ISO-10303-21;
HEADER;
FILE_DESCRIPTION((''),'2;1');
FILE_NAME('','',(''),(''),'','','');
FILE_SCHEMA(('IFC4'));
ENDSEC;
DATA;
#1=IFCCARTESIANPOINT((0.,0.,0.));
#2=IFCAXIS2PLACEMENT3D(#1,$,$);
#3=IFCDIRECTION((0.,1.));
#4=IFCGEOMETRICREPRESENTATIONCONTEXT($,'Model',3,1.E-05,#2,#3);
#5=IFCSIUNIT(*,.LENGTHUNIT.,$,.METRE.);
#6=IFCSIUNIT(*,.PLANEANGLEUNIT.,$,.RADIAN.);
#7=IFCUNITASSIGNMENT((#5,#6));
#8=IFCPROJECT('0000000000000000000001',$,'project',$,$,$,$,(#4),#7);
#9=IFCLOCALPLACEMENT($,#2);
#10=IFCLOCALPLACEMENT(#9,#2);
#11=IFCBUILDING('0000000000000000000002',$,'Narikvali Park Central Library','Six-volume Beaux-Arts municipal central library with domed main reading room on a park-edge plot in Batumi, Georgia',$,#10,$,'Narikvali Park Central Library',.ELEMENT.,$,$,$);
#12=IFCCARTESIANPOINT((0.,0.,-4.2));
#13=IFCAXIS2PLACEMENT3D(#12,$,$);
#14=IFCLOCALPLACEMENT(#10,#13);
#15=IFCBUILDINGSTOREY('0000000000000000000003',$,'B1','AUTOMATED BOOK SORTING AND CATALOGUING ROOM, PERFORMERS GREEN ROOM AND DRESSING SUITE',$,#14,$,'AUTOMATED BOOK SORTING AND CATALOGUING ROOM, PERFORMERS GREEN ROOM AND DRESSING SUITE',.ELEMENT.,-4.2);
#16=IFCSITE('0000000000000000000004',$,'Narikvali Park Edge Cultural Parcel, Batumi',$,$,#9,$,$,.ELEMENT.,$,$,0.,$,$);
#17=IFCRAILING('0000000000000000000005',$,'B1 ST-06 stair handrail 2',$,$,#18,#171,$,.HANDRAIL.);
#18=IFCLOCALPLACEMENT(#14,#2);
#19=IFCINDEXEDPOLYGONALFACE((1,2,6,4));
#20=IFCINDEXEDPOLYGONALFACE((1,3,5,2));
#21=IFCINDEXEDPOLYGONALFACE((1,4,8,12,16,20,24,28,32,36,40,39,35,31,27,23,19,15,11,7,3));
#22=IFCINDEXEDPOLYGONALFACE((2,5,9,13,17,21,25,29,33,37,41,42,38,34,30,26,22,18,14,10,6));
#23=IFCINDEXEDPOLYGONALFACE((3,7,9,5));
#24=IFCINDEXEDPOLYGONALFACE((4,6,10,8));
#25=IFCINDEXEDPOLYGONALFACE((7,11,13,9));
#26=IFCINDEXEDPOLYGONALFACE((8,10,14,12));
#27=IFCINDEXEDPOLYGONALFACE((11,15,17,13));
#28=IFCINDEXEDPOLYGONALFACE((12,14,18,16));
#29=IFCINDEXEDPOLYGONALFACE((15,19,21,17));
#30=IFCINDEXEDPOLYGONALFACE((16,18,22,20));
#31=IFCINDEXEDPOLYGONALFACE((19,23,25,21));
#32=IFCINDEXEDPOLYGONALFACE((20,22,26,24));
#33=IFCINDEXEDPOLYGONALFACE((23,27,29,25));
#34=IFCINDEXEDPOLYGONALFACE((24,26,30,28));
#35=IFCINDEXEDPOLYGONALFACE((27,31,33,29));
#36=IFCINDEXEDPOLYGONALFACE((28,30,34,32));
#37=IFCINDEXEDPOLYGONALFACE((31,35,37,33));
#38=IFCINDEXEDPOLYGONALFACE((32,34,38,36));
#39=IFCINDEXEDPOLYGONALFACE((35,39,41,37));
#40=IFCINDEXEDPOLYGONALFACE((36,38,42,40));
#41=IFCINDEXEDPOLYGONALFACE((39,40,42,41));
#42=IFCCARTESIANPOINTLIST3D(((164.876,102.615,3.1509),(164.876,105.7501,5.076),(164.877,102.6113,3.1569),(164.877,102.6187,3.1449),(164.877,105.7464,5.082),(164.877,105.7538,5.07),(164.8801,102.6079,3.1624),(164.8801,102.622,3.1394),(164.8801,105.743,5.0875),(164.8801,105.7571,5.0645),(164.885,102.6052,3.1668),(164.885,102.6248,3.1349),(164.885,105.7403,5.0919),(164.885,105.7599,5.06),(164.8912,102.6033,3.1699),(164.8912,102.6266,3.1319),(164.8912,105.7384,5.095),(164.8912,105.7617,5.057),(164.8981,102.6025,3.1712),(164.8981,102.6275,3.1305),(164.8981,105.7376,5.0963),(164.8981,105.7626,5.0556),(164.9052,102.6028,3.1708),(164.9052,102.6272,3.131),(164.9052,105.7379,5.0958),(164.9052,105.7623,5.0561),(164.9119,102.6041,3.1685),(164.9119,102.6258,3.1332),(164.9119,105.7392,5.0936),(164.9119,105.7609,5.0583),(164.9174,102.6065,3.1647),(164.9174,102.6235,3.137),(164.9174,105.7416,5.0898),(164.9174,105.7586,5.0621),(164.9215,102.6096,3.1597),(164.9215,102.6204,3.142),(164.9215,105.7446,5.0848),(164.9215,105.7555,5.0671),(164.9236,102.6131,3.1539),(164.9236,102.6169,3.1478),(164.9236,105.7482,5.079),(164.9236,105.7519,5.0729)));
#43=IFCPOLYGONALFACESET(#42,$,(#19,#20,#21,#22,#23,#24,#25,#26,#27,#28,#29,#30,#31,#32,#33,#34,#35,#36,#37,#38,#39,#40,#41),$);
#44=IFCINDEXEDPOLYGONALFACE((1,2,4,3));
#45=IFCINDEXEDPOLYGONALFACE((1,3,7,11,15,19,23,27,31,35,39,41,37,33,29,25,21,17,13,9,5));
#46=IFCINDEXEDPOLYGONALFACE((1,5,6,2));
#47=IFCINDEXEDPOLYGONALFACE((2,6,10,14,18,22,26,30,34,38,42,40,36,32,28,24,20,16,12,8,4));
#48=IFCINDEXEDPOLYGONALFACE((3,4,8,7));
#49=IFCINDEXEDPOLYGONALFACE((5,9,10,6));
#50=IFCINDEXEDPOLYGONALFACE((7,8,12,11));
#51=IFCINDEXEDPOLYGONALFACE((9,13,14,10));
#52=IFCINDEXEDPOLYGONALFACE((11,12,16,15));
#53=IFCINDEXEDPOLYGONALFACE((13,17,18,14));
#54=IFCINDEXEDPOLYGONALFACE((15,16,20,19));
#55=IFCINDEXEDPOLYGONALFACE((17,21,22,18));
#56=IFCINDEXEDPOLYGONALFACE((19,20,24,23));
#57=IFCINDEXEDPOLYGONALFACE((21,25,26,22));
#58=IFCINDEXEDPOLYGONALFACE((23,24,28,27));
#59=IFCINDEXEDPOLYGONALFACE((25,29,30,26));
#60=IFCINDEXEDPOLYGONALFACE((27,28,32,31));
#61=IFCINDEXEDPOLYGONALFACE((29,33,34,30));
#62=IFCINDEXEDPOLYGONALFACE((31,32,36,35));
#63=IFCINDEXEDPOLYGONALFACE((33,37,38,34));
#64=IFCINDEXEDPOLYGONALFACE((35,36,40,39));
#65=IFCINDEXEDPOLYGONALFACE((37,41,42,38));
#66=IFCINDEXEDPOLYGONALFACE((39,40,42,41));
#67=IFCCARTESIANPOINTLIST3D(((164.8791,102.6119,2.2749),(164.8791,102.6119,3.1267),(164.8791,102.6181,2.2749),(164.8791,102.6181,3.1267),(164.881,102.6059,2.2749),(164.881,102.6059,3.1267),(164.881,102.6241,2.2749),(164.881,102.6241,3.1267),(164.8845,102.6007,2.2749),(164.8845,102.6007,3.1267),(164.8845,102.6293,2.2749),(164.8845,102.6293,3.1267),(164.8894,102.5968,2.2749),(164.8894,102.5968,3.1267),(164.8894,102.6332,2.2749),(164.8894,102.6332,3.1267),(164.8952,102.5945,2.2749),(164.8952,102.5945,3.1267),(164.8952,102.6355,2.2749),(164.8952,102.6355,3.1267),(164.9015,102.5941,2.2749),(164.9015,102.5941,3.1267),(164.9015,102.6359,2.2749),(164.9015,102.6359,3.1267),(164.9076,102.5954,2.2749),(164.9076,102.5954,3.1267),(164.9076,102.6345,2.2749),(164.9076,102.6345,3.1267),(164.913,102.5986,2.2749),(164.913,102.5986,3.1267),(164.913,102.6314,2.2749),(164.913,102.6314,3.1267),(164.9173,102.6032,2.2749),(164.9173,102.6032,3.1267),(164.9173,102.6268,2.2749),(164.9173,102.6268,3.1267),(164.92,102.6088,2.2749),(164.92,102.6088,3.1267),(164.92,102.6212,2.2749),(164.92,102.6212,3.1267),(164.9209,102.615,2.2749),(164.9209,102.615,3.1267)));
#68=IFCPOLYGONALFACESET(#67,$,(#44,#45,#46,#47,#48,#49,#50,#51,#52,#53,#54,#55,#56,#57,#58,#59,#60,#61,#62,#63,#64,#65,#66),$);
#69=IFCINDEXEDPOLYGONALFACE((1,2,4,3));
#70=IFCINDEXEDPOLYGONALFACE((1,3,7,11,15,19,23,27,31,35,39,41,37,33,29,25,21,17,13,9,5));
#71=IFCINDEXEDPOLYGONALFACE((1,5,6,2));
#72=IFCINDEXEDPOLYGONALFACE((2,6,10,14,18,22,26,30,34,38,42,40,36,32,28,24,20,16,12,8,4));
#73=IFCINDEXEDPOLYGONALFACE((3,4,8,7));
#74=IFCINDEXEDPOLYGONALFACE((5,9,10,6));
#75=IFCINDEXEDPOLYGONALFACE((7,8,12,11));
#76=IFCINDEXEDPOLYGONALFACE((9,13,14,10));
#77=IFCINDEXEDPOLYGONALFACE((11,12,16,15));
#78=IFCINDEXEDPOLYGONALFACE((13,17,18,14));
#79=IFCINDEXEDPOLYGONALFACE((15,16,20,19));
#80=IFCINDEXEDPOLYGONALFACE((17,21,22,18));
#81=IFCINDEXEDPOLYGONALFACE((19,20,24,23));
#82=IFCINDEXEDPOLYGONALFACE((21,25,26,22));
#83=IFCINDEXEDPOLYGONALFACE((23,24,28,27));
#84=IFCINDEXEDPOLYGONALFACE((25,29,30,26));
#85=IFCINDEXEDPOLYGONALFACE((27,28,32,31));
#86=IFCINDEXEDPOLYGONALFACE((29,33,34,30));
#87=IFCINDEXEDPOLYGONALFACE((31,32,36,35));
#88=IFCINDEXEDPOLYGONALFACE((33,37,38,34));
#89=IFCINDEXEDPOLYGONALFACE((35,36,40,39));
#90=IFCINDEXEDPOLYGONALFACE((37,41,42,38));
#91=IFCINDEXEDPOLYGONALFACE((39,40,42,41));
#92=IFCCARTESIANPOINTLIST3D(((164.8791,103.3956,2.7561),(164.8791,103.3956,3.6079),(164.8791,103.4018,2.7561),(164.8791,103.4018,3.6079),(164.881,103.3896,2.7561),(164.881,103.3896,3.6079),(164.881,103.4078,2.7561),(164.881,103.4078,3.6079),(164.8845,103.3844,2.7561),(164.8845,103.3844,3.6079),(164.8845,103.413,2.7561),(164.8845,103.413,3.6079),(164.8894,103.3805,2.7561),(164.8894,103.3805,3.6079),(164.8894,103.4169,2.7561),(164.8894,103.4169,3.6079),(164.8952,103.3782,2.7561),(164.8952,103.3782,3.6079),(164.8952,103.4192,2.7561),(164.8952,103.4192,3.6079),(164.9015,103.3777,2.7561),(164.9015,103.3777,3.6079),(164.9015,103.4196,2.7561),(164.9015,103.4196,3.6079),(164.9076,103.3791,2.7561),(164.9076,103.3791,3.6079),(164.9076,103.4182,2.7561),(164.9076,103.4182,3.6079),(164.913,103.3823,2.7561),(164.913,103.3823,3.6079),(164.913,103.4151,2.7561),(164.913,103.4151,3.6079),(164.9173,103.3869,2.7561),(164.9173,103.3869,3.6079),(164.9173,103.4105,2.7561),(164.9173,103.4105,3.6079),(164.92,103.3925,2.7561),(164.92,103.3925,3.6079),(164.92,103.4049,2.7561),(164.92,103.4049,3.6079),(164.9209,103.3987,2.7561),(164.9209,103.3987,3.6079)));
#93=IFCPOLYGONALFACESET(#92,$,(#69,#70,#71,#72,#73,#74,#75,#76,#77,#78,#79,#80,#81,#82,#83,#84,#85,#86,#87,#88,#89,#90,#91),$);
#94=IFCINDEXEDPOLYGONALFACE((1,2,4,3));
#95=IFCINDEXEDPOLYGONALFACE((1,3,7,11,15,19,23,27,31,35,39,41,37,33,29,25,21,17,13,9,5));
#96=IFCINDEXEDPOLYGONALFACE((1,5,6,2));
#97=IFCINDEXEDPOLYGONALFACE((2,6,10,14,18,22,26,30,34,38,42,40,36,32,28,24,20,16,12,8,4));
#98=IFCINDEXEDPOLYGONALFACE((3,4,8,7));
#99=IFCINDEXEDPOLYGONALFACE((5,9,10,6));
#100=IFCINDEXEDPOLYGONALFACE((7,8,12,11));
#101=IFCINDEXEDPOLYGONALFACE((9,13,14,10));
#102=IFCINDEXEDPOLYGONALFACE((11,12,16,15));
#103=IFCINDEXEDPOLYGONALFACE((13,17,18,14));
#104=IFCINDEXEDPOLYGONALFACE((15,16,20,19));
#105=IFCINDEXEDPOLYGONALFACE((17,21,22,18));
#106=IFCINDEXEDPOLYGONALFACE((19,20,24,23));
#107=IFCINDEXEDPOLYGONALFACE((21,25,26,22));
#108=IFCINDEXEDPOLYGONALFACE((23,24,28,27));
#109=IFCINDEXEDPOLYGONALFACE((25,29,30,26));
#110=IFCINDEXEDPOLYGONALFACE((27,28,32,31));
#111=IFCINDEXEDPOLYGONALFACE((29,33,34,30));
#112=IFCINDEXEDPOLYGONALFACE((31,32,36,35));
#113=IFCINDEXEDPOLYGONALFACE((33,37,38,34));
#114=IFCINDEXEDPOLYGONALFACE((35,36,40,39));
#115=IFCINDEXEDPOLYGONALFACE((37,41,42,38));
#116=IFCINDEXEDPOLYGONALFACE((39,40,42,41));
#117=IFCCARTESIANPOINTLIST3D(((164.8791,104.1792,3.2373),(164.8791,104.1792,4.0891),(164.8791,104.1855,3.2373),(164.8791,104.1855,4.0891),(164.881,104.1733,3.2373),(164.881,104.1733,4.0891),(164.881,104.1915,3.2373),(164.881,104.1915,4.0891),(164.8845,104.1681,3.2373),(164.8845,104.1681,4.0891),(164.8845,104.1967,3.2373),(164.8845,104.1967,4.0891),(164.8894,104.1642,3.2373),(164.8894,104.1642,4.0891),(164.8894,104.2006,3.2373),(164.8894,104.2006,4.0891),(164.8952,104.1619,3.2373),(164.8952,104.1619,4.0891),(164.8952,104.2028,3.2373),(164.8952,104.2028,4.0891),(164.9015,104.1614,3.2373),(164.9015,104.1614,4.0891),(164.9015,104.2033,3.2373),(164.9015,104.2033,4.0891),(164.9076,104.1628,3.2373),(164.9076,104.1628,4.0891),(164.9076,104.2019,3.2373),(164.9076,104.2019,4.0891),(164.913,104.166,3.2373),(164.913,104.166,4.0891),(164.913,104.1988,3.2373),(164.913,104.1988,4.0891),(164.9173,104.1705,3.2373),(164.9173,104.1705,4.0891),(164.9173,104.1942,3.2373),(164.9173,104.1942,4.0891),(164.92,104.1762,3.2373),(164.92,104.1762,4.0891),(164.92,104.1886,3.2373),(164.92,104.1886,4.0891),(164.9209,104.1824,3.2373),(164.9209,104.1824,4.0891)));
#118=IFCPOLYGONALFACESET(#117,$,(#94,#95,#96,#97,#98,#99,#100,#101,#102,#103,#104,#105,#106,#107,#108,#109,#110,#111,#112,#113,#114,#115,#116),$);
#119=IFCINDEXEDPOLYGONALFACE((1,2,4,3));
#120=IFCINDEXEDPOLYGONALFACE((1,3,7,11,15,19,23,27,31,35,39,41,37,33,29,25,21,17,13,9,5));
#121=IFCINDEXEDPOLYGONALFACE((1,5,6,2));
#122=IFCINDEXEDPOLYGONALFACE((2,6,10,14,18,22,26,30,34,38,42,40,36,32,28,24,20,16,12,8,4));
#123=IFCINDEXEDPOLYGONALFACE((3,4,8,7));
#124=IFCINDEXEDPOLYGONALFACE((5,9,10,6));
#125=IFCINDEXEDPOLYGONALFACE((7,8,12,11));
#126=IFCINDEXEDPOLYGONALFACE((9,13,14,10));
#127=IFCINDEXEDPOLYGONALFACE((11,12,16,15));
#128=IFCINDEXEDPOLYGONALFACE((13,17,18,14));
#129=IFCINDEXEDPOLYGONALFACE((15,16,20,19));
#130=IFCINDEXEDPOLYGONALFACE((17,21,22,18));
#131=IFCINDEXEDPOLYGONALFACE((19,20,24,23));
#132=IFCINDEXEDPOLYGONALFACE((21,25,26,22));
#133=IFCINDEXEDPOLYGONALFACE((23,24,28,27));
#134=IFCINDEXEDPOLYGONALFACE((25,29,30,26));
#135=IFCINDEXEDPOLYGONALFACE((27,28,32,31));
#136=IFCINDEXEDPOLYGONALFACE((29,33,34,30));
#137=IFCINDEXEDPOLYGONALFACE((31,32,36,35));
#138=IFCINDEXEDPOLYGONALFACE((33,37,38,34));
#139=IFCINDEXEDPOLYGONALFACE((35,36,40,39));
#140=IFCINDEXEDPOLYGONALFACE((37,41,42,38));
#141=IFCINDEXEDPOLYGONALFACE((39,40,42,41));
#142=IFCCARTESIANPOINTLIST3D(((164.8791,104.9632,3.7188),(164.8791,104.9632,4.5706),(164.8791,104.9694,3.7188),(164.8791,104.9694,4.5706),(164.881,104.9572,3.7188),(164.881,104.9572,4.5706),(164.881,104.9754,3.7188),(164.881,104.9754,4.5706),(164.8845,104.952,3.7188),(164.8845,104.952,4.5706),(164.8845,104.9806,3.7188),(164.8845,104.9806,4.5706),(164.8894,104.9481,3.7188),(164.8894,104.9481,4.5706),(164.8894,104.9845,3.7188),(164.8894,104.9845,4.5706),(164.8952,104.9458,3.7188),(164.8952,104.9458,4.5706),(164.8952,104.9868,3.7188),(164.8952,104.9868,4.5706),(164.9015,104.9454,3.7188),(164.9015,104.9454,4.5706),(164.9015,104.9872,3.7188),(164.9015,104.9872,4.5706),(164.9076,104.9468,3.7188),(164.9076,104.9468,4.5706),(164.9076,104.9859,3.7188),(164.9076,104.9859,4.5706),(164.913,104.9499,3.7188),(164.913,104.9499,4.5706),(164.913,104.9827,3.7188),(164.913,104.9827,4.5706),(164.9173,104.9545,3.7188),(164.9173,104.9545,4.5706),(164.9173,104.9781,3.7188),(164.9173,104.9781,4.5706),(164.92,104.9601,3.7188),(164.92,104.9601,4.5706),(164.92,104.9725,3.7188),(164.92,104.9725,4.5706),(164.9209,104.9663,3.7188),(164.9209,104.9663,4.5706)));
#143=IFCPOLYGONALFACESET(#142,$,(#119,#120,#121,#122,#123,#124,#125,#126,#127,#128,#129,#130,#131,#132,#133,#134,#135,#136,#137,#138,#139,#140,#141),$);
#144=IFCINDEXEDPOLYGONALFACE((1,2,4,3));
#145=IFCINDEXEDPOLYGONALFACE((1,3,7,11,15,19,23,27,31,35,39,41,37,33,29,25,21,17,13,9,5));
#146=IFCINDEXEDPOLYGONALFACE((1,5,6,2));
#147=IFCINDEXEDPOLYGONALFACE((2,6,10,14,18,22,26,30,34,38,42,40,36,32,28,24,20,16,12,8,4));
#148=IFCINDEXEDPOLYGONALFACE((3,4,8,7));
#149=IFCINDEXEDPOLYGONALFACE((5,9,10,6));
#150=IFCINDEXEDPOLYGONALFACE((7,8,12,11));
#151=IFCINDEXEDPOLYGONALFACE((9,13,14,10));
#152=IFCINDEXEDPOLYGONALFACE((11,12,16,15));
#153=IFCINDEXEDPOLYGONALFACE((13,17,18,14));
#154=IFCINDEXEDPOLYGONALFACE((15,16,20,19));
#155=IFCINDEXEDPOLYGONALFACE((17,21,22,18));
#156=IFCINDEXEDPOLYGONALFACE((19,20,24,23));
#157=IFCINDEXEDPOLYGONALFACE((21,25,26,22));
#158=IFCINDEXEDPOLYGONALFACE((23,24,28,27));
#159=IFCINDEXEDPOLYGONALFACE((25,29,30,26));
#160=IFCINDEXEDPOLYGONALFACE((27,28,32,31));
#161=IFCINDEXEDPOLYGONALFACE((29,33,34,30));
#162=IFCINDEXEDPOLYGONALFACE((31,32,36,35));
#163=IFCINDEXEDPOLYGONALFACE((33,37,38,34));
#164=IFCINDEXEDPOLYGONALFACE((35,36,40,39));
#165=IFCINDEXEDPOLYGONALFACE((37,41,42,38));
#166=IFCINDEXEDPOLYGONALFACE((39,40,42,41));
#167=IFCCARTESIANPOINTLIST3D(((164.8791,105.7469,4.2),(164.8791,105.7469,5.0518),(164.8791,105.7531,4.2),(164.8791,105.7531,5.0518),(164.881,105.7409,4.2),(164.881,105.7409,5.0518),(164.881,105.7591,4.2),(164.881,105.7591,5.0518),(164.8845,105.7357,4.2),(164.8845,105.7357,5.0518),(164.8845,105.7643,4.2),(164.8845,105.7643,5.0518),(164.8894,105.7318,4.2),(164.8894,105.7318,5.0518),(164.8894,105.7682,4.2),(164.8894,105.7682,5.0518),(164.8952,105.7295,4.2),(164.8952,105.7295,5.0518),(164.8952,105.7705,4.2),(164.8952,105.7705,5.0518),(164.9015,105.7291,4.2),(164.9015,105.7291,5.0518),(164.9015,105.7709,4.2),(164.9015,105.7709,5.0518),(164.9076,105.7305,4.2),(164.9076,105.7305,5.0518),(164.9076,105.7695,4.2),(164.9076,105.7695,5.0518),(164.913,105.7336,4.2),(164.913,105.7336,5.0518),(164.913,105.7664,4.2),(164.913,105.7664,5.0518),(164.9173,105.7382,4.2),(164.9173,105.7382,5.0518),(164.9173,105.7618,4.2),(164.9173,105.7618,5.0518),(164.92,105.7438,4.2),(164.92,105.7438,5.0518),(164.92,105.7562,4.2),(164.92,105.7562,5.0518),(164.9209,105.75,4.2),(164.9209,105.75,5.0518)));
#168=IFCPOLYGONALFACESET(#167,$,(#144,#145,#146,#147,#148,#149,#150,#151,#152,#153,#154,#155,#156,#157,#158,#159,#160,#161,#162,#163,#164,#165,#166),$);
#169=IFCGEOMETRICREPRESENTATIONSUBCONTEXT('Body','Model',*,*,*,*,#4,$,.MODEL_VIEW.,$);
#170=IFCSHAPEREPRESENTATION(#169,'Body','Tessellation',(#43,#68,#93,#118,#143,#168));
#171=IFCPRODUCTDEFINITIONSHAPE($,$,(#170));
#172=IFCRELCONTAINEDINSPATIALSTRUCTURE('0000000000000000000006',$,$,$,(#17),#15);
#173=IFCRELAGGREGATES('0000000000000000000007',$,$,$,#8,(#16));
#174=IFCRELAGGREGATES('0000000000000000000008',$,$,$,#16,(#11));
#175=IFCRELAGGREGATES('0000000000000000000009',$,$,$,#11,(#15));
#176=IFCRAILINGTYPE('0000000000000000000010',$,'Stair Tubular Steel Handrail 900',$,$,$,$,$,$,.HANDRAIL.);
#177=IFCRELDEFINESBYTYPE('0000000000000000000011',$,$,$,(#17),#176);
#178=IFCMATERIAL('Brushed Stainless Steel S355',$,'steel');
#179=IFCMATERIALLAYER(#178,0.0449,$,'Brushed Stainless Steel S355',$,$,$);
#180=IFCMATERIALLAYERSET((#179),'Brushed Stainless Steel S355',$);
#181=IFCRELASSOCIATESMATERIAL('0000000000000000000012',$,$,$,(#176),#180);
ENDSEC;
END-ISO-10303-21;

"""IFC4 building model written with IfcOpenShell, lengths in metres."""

from ifc_helpers import new_model, si_unit, direction, frame, origin, origin_2d, place, context, subcontext, project, spatial, circle, extrude, material, layer, layer_set, type_object, element, save


model = new_model("IFC4")

# Units and contexts
model_context = context("Model", 3, precision=1e-05, world=origin(), true_north=direction((0.0, 1.0)))
body_context = subcontext(model_context, "Body", "Model", "MODEL_VIEW")
ifc_project = project(units=[si_unit("LENGTHUNIT", "METRE"), si_unit("PLANEANGLEUNIT", "RADIAN")], contexts=[model_context])

# Site, building, storey
site_placement = place(None, origin())
site = spatial("IfcSite", under=ifc_project, at=site_placement, Name="Narikvali Park Edge Cultural Parcel, Batumi", CompositionType="ELEMENT", RefElevation=0.0)
building_placement = place(site_placement, origin())
building = spatial("IfcBuilding", under=site, at=building_placement, Name="Narikvali Park Central Library", Description="Six-volume Beaux-Arts municipal central library with domed main reading room on a park-edge plot in Batumi, Georgia", LongName="Narikvali Park Central Library", CompositionType="ELEMENT")
storey_placement = place(building_placement, frame((0.0, 0.0, -4.2)))
storey = spatial("IfcBuildingStorey", under=building, at=storey_placement, Name="B1", Description="AUTOMATED BOOK SORTING AND CATALOGUING ROOM, PERFORMERS GREEN ROOM AND DRESSING SUITE", LongName="AUTOMATED BOOK SORTING AND CATALOGUING ROOM, PERFORMERS GREEN ROOM AND DRESSING SUITE", CompositionType="ELEMENT", Elevation=-4.2)

# Shared definitions
ifc_material_1 = material(Name="Brushed Stainless Steel S355", Category="steel")

# Railing
ifc_layer_1 = layer(ifc_material_1, 0.0449, Name="Brushed Stainless Steel S355")
ifc_layer_set_1 = layer_set([ifc_layer_1], Name="Brushed Stainless Steel S355")
railing_type_1 = type_object("IfcRailingType", Name="Stair Tubular Steel Handrail 900", PredefinedType="HANDRAIL", material=ifc_layer_set_1)
railing_1_placement = place(storey_placement, frame((164.8999, 102.615, 2.2749)))
element("IfcRailing", 1, at=railing_1_placement, inside=storey, type_object=railing_type_1, Name="B1 ST-06 stair handrail 2", PredefinedType="HANDRAIL", context=body_context, shape_type="SweptSolid", body=[
    extrude(circle(Radius=0.0239, at=origin_2d()), frame((0.0, 0.0, 0.876), z_axis=(0.0, 0.852166, 0.523271), x_axis=(-1.0, 0.0, 0.0)), (0.0, 0.0, 1.0), 3.679),
    extrude(circle(Radius=0.021, at=origin_2d()), origin(), (0.0, 0.0, 1.0), 0.8518),
    extrude(circle(Radius=0.021, at=origin_2d()), frame((0.0, 0.7837, 0.4812)), (0.0, 0.0, 1.0), 0.8518),
    extrude(circle(Radius=0.021, at=origin_2d()), frame((0.0, 1.5674, 0.9624)), (0.0, 0.0, 1.0), 0.8518),
    extrude(circle(Radius=0.021, at=origin_2d()), frame((0.0, 2.3513, 1.4438)), (0.0, 0.0, 1.0), 0.8518),
    extrude(circle(Radius=0.021, at=origin_2d()), frame((0.0, 3.135, 1.925)), (0.0, 0.0, 1.0), 0.8518),
])

save(model, "model.ifc")
